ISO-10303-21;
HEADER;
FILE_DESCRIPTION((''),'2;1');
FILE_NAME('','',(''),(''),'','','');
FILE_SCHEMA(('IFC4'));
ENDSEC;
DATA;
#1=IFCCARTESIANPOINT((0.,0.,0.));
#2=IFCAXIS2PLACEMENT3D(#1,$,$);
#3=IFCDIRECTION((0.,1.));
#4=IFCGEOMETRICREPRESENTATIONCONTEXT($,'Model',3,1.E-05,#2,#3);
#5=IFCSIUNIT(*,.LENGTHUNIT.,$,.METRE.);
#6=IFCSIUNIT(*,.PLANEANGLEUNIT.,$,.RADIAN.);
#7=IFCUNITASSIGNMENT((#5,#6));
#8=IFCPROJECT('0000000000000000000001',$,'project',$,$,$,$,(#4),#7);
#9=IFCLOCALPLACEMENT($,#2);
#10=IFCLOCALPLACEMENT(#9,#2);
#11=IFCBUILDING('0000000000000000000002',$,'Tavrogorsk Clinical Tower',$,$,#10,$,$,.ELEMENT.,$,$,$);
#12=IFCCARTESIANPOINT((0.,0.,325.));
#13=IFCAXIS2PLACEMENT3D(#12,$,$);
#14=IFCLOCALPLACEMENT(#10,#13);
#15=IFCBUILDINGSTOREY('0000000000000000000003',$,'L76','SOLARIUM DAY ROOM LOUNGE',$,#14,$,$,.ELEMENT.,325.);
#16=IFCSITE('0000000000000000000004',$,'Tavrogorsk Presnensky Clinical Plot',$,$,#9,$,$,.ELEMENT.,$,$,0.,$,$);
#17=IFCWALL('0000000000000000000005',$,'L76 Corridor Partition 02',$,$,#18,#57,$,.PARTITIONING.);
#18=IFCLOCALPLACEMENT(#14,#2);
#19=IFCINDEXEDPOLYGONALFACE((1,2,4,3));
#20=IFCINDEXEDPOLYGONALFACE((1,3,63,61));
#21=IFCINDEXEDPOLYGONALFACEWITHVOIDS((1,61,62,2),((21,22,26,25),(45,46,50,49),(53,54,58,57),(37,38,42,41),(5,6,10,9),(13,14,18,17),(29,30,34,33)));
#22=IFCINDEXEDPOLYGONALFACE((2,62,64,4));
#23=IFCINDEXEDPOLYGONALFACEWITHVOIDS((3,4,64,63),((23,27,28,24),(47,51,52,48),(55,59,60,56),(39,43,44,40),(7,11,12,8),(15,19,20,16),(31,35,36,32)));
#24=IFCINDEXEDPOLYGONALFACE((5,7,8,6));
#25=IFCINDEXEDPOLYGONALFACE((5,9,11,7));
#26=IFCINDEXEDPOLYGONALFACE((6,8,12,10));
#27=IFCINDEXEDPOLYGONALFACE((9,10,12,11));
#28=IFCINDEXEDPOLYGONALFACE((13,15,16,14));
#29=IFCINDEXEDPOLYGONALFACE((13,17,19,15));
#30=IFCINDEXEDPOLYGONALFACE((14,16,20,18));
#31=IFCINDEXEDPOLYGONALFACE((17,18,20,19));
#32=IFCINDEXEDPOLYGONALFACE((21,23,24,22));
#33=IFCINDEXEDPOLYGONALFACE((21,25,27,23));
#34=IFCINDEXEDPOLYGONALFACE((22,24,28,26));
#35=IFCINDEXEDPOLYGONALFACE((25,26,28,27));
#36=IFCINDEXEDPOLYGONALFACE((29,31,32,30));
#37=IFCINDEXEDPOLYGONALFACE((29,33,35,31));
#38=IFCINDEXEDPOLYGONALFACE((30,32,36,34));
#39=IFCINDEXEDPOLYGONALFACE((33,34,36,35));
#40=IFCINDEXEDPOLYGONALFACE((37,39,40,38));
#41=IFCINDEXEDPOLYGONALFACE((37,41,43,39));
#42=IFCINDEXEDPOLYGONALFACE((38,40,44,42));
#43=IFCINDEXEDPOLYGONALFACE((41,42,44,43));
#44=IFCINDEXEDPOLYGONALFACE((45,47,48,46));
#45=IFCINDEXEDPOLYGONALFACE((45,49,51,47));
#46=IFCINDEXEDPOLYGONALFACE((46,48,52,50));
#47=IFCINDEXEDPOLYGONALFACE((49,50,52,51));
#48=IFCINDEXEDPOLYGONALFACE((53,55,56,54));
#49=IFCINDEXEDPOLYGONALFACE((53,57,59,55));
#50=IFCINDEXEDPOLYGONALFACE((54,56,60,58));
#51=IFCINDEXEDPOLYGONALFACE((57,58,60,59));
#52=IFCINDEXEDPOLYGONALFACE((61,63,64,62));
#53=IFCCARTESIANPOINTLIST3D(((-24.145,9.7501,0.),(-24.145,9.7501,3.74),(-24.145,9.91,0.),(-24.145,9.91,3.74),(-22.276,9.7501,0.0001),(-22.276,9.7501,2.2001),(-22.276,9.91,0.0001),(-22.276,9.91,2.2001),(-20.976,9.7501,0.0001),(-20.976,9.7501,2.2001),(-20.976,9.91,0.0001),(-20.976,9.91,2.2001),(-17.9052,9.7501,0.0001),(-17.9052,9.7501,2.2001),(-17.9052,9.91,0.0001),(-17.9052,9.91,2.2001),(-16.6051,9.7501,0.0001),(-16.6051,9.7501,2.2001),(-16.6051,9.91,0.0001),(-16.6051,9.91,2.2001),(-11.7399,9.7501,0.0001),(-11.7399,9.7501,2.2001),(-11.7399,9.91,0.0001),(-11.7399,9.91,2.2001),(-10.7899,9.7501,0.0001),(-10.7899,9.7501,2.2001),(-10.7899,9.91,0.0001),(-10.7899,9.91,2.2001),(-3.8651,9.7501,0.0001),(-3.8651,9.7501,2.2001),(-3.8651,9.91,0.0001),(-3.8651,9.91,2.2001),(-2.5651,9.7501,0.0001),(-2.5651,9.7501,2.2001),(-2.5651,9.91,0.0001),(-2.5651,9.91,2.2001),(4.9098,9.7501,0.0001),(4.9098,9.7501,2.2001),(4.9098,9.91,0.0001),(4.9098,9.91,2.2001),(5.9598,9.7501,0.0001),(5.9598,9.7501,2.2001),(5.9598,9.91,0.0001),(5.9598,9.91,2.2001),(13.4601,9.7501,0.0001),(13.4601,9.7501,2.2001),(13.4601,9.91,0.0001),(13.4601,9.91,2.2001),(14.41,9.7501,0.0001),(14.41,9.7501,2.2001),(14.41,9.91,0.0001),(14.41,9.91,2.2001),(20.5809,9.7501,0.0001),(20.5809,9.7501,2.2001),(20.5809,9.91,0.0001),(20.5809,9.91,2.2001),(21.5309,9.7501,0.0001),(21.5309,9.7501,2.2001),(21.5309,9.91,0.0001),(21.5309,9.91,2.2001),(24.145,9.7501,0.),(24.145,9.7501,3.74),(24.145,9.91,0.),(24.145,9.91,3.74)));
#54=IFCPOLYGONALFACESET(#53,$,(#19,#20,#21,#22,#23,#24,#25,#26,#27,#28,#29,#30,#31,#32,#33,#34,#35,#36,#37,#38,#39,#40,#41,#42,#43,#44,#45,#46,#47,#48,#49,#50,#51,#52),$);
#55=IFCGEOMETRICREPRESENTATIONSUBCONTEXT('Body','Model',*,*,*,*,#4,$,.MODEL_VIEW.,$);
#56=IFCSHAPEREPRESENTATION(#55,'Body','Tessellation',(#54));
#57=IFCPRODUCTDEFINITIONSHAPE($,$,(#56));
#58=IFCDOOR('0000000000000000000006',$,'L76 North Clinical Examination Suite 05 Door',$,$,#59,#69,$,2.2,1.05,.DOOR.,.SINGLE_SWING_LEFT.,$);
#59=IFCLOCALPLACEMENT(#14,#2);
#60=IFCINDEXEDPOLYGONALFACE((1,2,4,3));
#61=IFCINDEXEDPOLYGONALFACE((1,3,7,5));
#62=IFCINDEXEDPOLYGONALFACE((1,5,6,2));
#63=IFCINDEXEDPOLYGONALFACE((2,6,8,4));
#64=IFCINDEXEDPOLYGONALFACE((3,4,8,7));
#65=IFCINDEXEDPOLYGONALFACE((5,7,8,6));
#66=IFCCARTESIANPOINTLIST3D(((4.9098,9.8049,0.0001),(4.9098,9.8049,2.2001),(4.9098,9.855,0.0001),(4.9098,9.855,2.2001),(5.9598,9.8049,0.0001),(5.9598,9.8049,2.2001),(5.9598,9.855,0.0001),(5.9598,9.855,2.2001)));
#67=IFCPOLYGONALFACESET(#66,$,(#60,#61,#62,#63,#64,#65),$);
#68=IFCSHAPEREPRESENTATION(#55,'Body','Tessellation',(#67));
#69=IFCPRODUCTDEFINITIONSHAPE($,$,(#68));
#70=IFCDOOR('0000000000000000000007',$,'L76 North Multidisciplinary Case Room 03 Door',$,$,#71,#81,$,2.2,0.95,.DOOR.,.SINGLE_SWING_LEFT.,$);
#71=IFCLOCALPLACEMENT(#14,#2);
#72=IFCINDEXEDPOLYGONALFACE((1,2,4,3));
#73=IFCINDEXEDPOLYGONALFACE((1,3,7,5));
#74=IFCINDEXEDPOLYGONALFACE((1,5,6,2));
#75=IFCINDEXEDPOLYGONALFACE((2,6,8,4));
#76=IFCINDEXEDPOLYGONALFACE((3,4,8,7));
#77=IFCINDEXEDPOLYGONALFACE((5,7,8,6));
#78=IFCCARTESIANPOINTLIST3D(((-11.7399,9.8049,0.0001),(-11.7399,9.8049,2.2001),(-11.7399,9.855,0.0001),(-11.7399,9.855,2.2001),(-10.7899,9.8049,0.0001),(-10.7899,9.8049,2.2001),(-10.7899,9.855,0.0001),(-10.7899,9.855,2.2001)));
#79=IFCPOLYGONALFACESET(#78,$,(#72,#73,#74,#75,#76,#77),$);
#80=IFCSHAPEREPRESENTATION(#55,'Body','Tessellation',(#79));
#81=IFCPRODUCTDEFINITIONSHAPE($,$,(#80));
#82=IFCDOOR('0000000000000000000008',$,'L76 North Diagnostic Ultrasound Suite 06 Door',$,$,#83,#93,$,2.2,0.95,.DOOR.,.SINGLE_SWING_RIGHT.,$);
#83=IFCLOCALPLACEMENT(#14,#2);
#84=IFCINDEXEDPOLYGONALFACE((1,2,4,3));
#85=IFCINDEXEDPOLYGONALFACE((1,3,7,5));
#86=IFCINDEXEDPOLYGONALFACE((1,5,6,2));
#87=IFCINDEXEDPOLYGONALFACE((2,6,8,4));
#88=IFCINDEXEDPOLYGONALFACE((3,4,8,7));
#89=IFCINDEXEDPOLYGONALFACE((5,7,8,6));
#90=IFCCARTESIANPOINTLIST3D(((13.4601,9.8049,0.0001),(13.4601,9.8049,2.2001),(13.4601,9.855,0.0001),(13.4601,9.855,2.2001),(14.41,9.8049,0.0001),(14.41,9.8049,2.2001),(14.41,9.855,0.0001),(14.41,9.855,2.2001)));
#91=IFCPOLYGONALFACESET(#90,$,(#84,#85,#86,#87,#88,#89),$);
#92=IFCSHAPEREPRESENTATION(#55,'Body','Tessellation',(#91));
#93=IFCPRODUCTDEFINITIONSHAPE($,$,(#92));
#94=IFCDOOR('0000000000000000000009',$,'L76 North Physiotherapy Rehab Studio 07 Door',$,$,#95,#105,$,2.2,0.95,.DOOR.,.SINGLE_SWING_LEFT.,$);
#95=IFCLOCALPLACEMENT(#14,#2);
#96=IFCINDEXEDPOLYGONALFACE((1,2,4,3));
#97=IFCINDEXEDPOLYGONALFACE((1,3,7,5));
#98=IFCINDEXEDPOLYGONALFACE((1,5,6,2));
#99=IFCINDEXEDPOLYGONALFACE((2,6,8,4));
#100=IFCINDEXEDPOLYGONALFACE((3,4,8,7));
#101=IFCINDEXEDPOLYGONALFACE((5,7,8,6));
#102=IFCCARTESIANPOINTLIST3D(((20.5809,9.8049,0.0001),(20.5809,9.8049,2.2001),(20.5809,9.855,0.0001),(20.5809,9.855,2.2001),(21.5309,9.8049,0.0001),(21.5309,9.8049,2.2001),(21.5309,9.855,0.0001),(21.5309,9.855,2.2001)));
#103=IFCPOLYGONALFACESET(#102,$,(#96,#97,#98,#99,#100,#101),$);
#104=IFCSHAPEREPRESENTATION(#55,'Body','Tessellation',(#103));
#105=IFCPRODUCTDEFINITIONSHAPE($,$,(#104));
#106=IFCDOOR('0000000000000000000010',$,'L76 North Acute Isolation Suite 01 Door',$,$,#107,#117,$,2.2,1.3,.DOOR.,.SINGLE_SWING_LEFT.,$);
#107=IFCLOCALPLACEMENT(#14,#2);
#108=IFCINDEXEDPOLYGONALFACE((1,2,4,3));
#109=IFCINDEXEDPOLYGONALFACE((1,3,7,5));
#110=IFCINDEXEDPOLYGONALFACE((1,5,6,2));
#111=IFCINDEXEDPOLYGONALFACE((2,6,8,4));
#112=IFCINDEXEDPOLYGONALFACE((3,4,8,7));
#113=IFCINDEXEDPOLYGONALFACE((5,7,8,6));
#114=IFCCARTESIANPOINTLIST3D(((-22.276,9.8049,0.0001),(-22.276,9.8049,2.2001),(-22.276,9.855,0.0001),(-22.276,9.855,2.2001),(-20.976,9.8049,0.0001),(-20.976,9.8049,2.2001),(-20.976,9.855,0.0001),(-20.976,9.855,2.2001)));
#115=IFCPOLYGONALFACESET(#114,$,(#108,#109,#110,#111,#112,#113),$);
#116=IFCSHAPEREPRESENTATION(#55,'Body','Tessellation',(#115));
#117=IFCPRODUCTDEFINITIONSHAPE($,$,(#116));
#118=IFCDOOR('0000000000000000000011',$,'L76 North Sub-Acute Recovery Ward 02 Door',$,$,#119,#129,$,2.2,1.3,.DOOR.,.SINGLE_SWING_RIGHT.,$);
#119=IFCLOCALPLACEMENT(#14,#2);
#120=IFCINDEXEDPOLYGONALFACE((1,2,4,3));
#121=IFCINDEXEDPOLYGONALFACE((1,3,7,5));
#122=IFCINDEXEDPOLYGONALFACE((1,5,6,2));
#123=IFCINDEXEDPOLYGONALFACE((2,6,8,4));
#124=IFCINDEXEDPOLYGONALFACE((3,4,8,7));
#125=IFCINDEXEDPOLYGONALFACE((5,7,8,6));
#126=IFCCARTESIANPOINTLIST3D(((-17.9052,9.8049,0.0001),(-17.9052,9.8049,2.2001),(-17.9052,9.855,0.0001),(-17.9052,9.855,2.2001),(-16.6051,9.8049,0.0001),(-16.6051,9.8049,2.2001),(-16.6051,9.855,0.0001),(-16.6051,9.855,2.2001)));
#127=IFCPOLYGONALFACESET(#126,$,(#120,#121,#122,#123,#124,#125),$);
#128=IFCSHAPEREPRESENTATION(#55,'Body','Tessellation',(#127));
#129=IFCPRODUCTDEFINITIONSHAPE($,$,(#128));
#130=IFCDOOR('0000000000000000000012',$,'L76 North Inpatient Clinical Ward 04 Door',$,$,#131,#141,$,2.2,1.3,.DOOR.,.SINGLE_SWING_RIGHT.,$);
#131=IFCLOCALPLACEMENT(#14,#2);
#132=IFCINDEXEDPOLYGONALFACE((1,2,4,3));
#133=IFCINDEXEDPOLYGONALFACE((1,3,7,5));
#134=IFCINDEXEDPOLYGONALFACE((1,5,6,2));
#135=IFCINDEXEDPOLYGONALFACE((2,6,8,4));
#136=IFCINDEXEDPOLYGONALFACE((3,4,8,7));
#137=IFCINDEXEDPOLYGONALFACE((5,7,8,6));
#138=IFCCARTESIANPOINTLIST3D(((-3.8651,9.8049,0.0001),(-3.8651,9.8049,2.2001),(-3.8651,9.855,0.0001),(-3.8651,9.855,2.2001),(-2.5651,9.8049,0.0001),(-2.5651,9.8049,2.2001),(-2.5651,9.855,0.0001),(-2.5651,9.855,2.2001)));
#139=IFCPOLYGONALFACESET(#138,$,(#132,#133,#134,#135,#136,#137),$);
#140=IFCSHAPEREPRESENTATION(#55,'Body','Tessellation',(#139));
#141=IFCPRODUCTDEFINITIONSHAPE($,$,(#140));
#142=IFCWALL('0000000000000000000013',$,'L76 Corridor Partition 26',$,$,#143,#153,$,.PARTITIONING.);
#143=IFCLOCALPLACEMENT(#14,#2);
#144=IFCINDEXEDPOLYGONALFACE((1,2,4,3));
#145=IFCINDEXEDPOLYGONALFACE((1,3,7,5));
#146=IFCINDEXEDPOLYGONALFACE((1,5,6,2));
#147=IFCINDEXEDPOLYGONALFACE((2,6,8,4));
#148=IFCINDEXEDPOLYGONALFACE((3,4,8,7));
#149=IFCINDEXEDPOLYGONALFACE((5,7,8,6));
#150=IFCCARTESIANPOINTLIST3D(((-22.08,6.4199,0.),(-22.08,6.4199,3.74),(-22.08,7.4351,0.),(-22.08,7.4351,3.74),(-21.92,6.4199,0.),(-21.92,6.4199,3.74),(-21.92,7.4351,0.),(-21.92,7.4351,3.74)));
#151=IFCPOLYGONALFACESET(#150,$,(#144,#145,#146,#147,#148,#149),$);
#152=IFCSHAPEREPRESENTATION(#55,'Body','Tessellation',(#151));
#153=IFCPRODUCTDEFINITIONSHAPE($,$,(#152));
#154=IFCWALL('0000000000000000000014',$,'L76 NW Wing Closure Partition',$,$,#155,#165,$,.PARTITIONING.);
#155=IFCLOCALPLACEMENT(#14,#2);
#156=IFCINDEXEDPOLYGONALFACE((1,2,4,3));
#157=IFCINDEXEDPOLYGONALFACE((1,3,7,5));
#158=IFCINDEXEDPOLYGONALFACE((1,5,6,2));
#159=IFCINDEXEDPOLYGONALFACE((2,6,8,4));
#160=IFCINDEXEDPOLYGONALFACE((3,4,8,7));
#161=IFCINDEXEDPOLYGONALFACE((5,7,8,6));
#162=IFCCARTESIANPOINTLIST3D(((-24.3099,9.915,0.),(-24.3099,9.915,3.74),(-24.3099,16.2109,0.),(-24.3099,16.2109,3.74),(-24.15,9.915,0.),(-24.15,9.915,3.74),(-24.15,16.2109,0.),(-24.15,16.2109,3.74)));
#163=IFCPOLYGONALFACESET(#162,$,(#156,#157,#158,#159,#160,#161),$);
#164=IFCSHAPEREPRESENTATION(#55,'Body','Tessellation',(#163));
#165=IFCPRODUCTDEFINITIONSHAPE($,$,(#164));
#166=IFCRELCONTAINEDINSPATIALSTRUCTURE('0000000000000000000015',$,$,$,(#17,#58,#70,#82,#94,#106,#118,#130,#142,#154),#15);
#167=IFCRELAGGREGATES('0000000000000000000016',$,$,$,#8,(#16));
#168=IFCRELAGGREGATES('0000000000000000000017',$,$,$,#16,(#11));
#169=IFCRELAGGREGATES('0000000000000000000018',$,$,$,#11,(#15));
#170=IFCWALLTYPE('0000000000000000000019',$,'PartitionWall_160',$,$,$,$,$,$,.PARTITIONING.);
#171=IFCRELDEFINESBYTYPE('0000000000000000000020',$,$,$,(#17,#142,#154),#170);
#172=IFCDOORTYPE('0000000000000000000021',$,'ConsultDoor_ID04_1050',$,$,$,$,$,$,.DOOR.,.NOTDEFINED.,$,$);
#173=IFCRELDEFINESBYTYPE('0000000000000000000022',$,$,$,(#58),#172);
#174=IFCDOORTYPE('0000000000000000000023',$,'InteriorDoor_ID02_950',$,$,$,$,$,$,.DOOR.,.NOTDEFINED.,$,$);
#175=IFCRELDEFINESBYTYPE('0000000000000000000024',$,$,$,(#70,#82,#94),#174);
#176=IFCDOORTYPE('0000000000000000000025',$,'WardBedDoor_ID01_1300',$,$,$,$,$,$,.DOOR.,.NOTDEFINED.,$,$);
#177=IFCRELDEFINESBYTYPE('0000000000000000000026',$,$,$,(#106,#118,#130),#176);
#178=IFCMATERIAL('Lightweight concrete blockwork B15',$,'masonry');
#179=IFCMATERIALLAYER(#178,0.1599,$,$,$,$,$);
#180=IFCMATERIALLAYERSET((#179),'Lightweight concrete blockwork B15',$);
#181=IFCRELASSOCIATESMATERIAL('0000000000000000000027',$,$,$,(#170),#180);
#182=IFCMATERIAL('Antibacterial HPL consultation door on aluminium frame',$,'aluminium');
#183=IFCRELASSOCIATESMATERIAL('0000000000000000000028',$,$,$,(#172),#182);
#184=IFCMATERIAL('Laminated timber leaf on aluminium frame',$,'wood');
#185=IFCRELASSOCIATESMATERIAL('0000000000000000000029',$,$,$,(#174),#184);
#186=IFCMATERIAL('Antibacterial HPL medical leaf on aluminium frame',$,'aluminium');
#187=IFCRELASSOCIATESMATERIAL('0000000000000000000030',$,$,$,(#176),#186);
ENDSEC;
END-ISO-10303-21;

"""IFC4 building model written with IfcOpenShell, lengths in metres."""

from ifc_helpers import new_model, si_unit, direction, frame, frame_2d, origin, place, context, subcontext, project, spatial, rectangle, extrude, material, layer, layer_set, type_object, element, fill, save


model = new_model("IFC4")

# Units and contexts
model_context = context("Model", 3, precision=1e-05, world=origin(), true_north=direction((0.0, 1.0)))
body_context = subcontext(model_context, "Body", "Model", "MODEL_VIEW")
ifc_project = project(units=[si_unit("LENGTHUNIT", "METRE"), si_unit("PLANEANGLEUNIT", "RADIAN")], contexts=[model_context])

# Site, building, storey
site_placement = place(None, origin())
site = spatial("IfcSite", under=ifc_project, at=site_placement, Name="Tavrogorsk Presnensky Clinical Plot", CompositionType="ELEMENT", RefElevation=0.0)
building_placement = place(site_placement, origin())
building = spatial("IfcBuilding", under=site, at=building_placement, Name="Tavrogorsk Clinical Tower", CompositionType="ELEMENT")
storey_placement = place(building_placement, frame((0.0, 0.0, 325.0)))
storey = spatial("IfcBuildingStorey", under=building, at=storey_placement, Name="L76", Description="SOLARIUM DAY ROOM LOUNGE", CompositionType="ELEMENT", Elevation=325.0)

# Wall, openings, doors
ifc_material_1 = material(Name="Lightweight concrete blockwork B15", Category="masonry")
ifc_layer_1 = layer(ifc_material_1, 0.1599)
ifc_layer_set_1 = layer_set([ifc_layer_1], Name="Lightweight concrete blockwork B15")
wall_type_1 = type_object("IfcWallType", Name="PartitionWall_160", PredefinedType="PARTITIONING", material=ifc_layer_set_1)
wall_1_placement = place(storey_placement, frame((-24.145, 9.8301, 0.0), z_axis=(0.0, 0.0, 1.0), x_axis=(1.0, 0.0, 0.0)))
wall_1 = element("IfcWall", 1, at=wall_1_placement, inside=storey, type_object=wall_type_1, Name="L76 Corridor Partition 02", PredefinedType="PARTITIONING", context=body_context, shape_type="SweptSolid", body=[
    extrude(rectangle(XDim=48.29, YDim=0.1599, at=frame_2d((24.145, 0.0))), origin(), (0.0, 0.0, 1.0), 3.74),
])
opening_1_placement = place(wall_1_placement, frame((1.8691, 0.0, 0.0)))
opening_1 = element("IfcOpeningElement", 2, at=opening_1_placement, cuts=wall_1, PredefinedType="OPENING", context=body_context, shape_type="SweptSolid", body=[
    extrude(rectangle(XDim=1.3, YDim=2.2, at=frame_2d((0.6499, 1.1001))), frame((0.0, 0.0898, 0.0), z_axis=(0.0, -1.0, 0.0), x_axis=(1.0, 0.0, 0.0)), (0.0, 0.0, 1.0), 0.1799),
])
opening_2_placement = place(wall_1_placement, frame((6.24, 0.0, 0.0)))
opening_2 = element("IfcOpeningElement", 3, at=opening_2_placement, cuts=wall_1, PredefinedType="OPENING", context=body_context, shape_type="SweptSolid", body=[
    extrude(rectangle(XDim=1.3, YDim=2.2, at=frame_2d((0.6499, 1.1001))), frame((0.0, 0.0898, 0.0), z_axis=(0.0, -1.0, 0.0), x_axis=(1.0, 0.0, 0.0)), (0.0, 0.0, 1.0), 0.1799),
])
opening_3_placement = place(wall_1_placement, frame((12.405, 0.0, 0.0)))
opening_3 = element("IfcOpeningElement", 4, at=opening_3_placement, cuts=wall_1, PredefinedType="OPENING", context=body_context, shape_type="SweptSolid", body=[
    extrude(rectangle(XDim=0.95, YDim=2.2, at=frame_2d((0.4751, 1.1001))), frame((0.0, 0.0898, 0.0), z_axis=(0.0, -1.0, 0.0), x_axis=(1.0, 0.0, 0.0)), (0.0, 0.0, 1.0), 0.1799),
])
opening_4_placement = place(wall_1_placement, frame((20.28, 0.0, 0.0)))
opening_4 = element("IfcOpeningElement", 5, at=opening_4_placement, cuts=wall_1, PredefinedType="OPENING", context=body_context, shape_type="SweptSolid", body=[
    extrude(rectangle(XDim=1.3, YDim=2.2, at=frame_2d((0.6499, 1.1001))), frame((0.0, 0.0898, 0.0), z_axis=(0.0, -1.0, 0.0), x_axis=(1.0, 0.0, 0.0)), (0.0, 0.0, 1.0), 0.1799),
])
opening_5_placement = place(wall_1_placement, frame((29.0549, 0.0, 0.0)))
opening_5 = element("IfcOpeningElement", 6, at=opening_5_placement, cuts=wall_1, PredefinedType="OPENING", context=body_context, shape_type="SweptSolid", body=[
    extrude(rectangle(XDim=1.05, YDim=2.2, at=frame_2d((0.5249, 1.1001))), frame((0.0, 0.0898, 0.0), z_axis=(0.0, -1.0, 0.0), x_axis=(1.0, 0.0, 0.0)), (0.0, 0.0, 1.0), 0.1799),
])
opening_6_placement = place(wall_1_placement, frame((37.605, 0.0, 0.0)))
opening_6 = element("IfcOpeningElement", 7, at=opening_6_placement, cuts=wall_1, PredefinedType="OPENING", context=body_context, shape_type="SweptSolid", body=[
    extrude(rectangle(XDim=0.95, YDim=2.2, at=frame_2d((0.4751, 1.1001))), frame((0.0, 0.0898, 0.0), z_axis=(0.0, -1.0, 0.0), x_axis=(1.0, 0.0, 0.0)), (0.0, 0.0, 1.0), 0.1799),
])
opening_7_placement = place(wall_1_placement, frame((44.7258, 0.0, 0.0)))
opening_7 = element("IfcOpeningElement", 8, at=opening_7_placement, cuts=wall_1, PredefinedType="OPENING", context=body_context, shape_type="SweptSolid", body=[
    extrude(rectangle(XDim=0.95, YDim=2.2, at=frame_2d((0.4751, 1.1001))), frame((0.0, 0.0898, 0.0), z_axis=(0.0, -1.0, 0.0), x_axis=(1.0, 0.0, 0.0)), (0.0, 0.0, 1.0), 0.1799),
])
ifc_material_2 = material(Name="Antibacterial HPL consultation door on aluminium frame", Category="aluminium")
door_type_1 = type_object("IfcDoorType", Name="ConsultDoor_ID04_1050", OperationType="NOTDEFINED", PredefinedType="DOOR", material=ifc_material_2)
door_1_placement = place(opening_5_placement, origin())
door_1 = element("IfcDoor", 9, at=door_1_placement, inside=storey, type_object=door_type_1, Name="L76 North Clinical Examination Suite 05 Door", OperationType="SINGLE_SWING_LEFT", OverallHeight=2.2, OverallWidth=1.05, PredefinedType="DOOR", context=body_context, shape_type="SweptSolid", body=[
    extrude(rectangle(XDim=1.05, YDim=2.2, at=frame_2d((0.5249, 1.1001))), frame((0.0, 0.0249, 0.0), z_axis=(0.0, -1.0, 0.0), x_axis=(1.0, 0.0, 0.0)), (0.0, 0.0, 1.0), 0.05),
])
fill(opening_5, door_1)
ifc_material_3 = material(Name="Laminated timber leaf on aluminium frame", Category="wood")
door_type_2 = type_object("IfcDoorType", Name="InteriorDoor_ID02_950", OperationType="NOTDEFINED", PredefinedType="DOOR", material=ifc_material_3)
door_2_placement = place(opening_3_placement, origin())
door_2 = element("IfcDoor", 10, at=door_2_placement, inside=storey, type_object=door_type_2, Name="L76 North Multidisciplinary Case Room 03 Door", OperationType="SINGLE_SWING_LEFT", OverallHeight=2.2, OverallWidth=0.95, PredefinedType="DOOR", context=body_context, shape_type="SweptSolid", body=[
    extrude(rectangle(XDim=0.95, YDim=2.2, at=frame_2d((0.4751, 1.1001))), frame((0.0, 0.0249, 0.0), z_axis=(0.0, -1.0, 0.0), x_axis=(1.0, 0.0, 0.0)), (0.0, 0.0, 1.0), 0.05),
])
fill(opening_3, door_2)
door_3_placement = place(opening_6_placement, origin())
door_3 = element("IfcDoor", 11, at=door_3_placement, inside=storey, type_object=door_type_2, Name="L76 North Diagnostic Ultrasound Suite 06 Door", OperationType="SINGLE_SWING_RIGHT", OverallHeight=2.2, OverallWidth=0.95, PredefinedType="DOOR", context=body_context, shape_type="SweptSolid", body=[
    extrude(rectangle(XDim=0.95, YDim=2.2, at=frame_2d((0.4751, 1.1001))), frame((0.0, 0.0249, 0.0), z_axis=(0.0, -1.0, 0.0), x_axis=(1.0, 0.0, 0.0)), (0.0, 0.0, 1.0), 0.05),
])
fill(opening_6, door_3)
door_4_placement = place(opening_7_placement, origin())
door_4 = element("IfcDoor", 12, at=door_4_placement, inside=storey, type_object=door_type_2, Name="L76 North Physiotherapy Rehab Studio 07 Door", OperationType="SINGLE_SWING_LEFT", OverallHeight=2.2, OverallWidth=0.95, PredefinedType="DOOR", context=body_context, shape_type="SweptSolid", body=[
    extrude(rectangle(XDim=0.95, YDim=2.2, at=frame_2d((0.4751, 1.1001))), frame((0.0, 0.0249, 0.0), z_axis=(0.0, -1.0, 0.0), x_axis=(1.0, 0.0, 0.0)), (0.0, 0.0, 1.0), 0.05),
])
fill(opening_7, door_4)
ifc_material_4 = material(Name="Antibacterial HPL medical leaf on aluminium frame", Category="aluminium")
door_type_3 = type_object("IfcDoorType", Name="WardBedDoor_ID01_1300", OperationType="NOTDEFINED", PredefinedType="DOOR", material=ifc_material_4)
door_5_placement = place(opening_1_placement, origin())
door_5 = element("IfcDoor", 13, at=door_5_placement, inside=storey, type_object=door_type_3, Name="L76 North Acute Isolation Suite 01 Door", OperationType="SINGLE_SWING_LEFT", OverallHeight=2.2, OverallWidth=1.3, PredefinedType="DOOR", context=body_context, shape_type="SweptSolid", body=[
    extrude(rectangle(XDim=1.3, YDim=2.2, at=frame_2d((0.6499, 1.1001))), frame((0.0, 0.0249, 0.0), z_axis=(0.0, -1.0, 0.0), x_axis=(1.0, 0.0, 0.0)), (0.0, 0.0, 1.0), 0.05),
])
fill(opening_1, door_5)
door_6_placement = place(opening_2_placement, origin())
door_6 = element("IfcDoor", 14, at=door_6_placement, inside=storey, type_object=door_type_3, Name="L76 North Sub-Acute Recovery Ward 02 Door", OperationType="SINGLE_SWING_RIGHT", OverallHeight=2.2, OverallWidth=1.3, PredefinedType="DOOR", context=body_context, shape_type="SweptSolid", body=[
    extrude(rectangle(XDim=1.3, YDim=2.2, at=frame_2d((0.6499, 1.1001))), frame((0.0, 0.0249, 0.0), z_axis=(0.0, -1.0, 0.0), x_axis=(1.0, 0.0, 0.0)), (0.0, 0.0, 1.0), 0.05),
])
fill(opening_2, door_6)
door_7_placement = place(opening_4_placement, origin())
door_7 = element("IfcDoor", 15, at=door_7_placement, inside=storey, type_object=door_type_3, Name="L76 North Inpatient Clinical Ward 04 Door", OperationType="SINGLE_SWING_RIGHT", OverallHeight=2.2, OverallWidth=1.3, PredefinedType="DOOR", context=body_context, shape_type="SweptSolid", body=[
    extrude(rectangle(XDim=1.3, YDim=2.2, at=frame_2d((0.6499, 1.1001))), frame((0.0, 0.0249, 0.0), z_axis=(0.0, -1.0, 0.0), x_axis=(1.0, 0.0, 0.0)), (0.0, 0.0, 1.0), 0.05),
])
fill(opening_4, door_7)

# Walls
wall_2_placement = place(storey_placement, frame((-22.0, 7.4351, 0.0), z_axis=(0.0, 0.0, 1.0), x_axis=(0.0, -1.0, 0.0)))
element("IfcWall", 16, at=wall_2_placement, inside=storey, type_object=wall_type_1, Name="L76 Corridor Partition 26", PredefinedType="PARTITIONING", context=body_context, shape_type="SweptSolid", body=[
    extrude(rectangle(XDim=1.0151, YDim=0.1599, at=frame_2d((0.5076, 0.0))), origin(), (0.0, 0.0, 1.0), 3.74),
])
wall_3_placement = place(storey_placement, frame((-24.23, 9.915, 0.0), z_axis=(0.0, 0.0, 1.0), x_axis=(0.0, 1.0, 0.0)))
element("IfcWall", 17, at=wall_3_placement, inside=storey, type_object=wall_type_1, Name="L76 NW Wing Closure Partition", PredefinedType="PARTITIONING", context=body_context, shape_type="SweptSolid", body=[
    extrude(rectangle(XDim=6.2959, YDim=0.1599, at=frame_2d((3.1479, 0.0))), origin(), (0.0, 0.0, 1.0), 3.74),
])

save(model, "model.ifc")
